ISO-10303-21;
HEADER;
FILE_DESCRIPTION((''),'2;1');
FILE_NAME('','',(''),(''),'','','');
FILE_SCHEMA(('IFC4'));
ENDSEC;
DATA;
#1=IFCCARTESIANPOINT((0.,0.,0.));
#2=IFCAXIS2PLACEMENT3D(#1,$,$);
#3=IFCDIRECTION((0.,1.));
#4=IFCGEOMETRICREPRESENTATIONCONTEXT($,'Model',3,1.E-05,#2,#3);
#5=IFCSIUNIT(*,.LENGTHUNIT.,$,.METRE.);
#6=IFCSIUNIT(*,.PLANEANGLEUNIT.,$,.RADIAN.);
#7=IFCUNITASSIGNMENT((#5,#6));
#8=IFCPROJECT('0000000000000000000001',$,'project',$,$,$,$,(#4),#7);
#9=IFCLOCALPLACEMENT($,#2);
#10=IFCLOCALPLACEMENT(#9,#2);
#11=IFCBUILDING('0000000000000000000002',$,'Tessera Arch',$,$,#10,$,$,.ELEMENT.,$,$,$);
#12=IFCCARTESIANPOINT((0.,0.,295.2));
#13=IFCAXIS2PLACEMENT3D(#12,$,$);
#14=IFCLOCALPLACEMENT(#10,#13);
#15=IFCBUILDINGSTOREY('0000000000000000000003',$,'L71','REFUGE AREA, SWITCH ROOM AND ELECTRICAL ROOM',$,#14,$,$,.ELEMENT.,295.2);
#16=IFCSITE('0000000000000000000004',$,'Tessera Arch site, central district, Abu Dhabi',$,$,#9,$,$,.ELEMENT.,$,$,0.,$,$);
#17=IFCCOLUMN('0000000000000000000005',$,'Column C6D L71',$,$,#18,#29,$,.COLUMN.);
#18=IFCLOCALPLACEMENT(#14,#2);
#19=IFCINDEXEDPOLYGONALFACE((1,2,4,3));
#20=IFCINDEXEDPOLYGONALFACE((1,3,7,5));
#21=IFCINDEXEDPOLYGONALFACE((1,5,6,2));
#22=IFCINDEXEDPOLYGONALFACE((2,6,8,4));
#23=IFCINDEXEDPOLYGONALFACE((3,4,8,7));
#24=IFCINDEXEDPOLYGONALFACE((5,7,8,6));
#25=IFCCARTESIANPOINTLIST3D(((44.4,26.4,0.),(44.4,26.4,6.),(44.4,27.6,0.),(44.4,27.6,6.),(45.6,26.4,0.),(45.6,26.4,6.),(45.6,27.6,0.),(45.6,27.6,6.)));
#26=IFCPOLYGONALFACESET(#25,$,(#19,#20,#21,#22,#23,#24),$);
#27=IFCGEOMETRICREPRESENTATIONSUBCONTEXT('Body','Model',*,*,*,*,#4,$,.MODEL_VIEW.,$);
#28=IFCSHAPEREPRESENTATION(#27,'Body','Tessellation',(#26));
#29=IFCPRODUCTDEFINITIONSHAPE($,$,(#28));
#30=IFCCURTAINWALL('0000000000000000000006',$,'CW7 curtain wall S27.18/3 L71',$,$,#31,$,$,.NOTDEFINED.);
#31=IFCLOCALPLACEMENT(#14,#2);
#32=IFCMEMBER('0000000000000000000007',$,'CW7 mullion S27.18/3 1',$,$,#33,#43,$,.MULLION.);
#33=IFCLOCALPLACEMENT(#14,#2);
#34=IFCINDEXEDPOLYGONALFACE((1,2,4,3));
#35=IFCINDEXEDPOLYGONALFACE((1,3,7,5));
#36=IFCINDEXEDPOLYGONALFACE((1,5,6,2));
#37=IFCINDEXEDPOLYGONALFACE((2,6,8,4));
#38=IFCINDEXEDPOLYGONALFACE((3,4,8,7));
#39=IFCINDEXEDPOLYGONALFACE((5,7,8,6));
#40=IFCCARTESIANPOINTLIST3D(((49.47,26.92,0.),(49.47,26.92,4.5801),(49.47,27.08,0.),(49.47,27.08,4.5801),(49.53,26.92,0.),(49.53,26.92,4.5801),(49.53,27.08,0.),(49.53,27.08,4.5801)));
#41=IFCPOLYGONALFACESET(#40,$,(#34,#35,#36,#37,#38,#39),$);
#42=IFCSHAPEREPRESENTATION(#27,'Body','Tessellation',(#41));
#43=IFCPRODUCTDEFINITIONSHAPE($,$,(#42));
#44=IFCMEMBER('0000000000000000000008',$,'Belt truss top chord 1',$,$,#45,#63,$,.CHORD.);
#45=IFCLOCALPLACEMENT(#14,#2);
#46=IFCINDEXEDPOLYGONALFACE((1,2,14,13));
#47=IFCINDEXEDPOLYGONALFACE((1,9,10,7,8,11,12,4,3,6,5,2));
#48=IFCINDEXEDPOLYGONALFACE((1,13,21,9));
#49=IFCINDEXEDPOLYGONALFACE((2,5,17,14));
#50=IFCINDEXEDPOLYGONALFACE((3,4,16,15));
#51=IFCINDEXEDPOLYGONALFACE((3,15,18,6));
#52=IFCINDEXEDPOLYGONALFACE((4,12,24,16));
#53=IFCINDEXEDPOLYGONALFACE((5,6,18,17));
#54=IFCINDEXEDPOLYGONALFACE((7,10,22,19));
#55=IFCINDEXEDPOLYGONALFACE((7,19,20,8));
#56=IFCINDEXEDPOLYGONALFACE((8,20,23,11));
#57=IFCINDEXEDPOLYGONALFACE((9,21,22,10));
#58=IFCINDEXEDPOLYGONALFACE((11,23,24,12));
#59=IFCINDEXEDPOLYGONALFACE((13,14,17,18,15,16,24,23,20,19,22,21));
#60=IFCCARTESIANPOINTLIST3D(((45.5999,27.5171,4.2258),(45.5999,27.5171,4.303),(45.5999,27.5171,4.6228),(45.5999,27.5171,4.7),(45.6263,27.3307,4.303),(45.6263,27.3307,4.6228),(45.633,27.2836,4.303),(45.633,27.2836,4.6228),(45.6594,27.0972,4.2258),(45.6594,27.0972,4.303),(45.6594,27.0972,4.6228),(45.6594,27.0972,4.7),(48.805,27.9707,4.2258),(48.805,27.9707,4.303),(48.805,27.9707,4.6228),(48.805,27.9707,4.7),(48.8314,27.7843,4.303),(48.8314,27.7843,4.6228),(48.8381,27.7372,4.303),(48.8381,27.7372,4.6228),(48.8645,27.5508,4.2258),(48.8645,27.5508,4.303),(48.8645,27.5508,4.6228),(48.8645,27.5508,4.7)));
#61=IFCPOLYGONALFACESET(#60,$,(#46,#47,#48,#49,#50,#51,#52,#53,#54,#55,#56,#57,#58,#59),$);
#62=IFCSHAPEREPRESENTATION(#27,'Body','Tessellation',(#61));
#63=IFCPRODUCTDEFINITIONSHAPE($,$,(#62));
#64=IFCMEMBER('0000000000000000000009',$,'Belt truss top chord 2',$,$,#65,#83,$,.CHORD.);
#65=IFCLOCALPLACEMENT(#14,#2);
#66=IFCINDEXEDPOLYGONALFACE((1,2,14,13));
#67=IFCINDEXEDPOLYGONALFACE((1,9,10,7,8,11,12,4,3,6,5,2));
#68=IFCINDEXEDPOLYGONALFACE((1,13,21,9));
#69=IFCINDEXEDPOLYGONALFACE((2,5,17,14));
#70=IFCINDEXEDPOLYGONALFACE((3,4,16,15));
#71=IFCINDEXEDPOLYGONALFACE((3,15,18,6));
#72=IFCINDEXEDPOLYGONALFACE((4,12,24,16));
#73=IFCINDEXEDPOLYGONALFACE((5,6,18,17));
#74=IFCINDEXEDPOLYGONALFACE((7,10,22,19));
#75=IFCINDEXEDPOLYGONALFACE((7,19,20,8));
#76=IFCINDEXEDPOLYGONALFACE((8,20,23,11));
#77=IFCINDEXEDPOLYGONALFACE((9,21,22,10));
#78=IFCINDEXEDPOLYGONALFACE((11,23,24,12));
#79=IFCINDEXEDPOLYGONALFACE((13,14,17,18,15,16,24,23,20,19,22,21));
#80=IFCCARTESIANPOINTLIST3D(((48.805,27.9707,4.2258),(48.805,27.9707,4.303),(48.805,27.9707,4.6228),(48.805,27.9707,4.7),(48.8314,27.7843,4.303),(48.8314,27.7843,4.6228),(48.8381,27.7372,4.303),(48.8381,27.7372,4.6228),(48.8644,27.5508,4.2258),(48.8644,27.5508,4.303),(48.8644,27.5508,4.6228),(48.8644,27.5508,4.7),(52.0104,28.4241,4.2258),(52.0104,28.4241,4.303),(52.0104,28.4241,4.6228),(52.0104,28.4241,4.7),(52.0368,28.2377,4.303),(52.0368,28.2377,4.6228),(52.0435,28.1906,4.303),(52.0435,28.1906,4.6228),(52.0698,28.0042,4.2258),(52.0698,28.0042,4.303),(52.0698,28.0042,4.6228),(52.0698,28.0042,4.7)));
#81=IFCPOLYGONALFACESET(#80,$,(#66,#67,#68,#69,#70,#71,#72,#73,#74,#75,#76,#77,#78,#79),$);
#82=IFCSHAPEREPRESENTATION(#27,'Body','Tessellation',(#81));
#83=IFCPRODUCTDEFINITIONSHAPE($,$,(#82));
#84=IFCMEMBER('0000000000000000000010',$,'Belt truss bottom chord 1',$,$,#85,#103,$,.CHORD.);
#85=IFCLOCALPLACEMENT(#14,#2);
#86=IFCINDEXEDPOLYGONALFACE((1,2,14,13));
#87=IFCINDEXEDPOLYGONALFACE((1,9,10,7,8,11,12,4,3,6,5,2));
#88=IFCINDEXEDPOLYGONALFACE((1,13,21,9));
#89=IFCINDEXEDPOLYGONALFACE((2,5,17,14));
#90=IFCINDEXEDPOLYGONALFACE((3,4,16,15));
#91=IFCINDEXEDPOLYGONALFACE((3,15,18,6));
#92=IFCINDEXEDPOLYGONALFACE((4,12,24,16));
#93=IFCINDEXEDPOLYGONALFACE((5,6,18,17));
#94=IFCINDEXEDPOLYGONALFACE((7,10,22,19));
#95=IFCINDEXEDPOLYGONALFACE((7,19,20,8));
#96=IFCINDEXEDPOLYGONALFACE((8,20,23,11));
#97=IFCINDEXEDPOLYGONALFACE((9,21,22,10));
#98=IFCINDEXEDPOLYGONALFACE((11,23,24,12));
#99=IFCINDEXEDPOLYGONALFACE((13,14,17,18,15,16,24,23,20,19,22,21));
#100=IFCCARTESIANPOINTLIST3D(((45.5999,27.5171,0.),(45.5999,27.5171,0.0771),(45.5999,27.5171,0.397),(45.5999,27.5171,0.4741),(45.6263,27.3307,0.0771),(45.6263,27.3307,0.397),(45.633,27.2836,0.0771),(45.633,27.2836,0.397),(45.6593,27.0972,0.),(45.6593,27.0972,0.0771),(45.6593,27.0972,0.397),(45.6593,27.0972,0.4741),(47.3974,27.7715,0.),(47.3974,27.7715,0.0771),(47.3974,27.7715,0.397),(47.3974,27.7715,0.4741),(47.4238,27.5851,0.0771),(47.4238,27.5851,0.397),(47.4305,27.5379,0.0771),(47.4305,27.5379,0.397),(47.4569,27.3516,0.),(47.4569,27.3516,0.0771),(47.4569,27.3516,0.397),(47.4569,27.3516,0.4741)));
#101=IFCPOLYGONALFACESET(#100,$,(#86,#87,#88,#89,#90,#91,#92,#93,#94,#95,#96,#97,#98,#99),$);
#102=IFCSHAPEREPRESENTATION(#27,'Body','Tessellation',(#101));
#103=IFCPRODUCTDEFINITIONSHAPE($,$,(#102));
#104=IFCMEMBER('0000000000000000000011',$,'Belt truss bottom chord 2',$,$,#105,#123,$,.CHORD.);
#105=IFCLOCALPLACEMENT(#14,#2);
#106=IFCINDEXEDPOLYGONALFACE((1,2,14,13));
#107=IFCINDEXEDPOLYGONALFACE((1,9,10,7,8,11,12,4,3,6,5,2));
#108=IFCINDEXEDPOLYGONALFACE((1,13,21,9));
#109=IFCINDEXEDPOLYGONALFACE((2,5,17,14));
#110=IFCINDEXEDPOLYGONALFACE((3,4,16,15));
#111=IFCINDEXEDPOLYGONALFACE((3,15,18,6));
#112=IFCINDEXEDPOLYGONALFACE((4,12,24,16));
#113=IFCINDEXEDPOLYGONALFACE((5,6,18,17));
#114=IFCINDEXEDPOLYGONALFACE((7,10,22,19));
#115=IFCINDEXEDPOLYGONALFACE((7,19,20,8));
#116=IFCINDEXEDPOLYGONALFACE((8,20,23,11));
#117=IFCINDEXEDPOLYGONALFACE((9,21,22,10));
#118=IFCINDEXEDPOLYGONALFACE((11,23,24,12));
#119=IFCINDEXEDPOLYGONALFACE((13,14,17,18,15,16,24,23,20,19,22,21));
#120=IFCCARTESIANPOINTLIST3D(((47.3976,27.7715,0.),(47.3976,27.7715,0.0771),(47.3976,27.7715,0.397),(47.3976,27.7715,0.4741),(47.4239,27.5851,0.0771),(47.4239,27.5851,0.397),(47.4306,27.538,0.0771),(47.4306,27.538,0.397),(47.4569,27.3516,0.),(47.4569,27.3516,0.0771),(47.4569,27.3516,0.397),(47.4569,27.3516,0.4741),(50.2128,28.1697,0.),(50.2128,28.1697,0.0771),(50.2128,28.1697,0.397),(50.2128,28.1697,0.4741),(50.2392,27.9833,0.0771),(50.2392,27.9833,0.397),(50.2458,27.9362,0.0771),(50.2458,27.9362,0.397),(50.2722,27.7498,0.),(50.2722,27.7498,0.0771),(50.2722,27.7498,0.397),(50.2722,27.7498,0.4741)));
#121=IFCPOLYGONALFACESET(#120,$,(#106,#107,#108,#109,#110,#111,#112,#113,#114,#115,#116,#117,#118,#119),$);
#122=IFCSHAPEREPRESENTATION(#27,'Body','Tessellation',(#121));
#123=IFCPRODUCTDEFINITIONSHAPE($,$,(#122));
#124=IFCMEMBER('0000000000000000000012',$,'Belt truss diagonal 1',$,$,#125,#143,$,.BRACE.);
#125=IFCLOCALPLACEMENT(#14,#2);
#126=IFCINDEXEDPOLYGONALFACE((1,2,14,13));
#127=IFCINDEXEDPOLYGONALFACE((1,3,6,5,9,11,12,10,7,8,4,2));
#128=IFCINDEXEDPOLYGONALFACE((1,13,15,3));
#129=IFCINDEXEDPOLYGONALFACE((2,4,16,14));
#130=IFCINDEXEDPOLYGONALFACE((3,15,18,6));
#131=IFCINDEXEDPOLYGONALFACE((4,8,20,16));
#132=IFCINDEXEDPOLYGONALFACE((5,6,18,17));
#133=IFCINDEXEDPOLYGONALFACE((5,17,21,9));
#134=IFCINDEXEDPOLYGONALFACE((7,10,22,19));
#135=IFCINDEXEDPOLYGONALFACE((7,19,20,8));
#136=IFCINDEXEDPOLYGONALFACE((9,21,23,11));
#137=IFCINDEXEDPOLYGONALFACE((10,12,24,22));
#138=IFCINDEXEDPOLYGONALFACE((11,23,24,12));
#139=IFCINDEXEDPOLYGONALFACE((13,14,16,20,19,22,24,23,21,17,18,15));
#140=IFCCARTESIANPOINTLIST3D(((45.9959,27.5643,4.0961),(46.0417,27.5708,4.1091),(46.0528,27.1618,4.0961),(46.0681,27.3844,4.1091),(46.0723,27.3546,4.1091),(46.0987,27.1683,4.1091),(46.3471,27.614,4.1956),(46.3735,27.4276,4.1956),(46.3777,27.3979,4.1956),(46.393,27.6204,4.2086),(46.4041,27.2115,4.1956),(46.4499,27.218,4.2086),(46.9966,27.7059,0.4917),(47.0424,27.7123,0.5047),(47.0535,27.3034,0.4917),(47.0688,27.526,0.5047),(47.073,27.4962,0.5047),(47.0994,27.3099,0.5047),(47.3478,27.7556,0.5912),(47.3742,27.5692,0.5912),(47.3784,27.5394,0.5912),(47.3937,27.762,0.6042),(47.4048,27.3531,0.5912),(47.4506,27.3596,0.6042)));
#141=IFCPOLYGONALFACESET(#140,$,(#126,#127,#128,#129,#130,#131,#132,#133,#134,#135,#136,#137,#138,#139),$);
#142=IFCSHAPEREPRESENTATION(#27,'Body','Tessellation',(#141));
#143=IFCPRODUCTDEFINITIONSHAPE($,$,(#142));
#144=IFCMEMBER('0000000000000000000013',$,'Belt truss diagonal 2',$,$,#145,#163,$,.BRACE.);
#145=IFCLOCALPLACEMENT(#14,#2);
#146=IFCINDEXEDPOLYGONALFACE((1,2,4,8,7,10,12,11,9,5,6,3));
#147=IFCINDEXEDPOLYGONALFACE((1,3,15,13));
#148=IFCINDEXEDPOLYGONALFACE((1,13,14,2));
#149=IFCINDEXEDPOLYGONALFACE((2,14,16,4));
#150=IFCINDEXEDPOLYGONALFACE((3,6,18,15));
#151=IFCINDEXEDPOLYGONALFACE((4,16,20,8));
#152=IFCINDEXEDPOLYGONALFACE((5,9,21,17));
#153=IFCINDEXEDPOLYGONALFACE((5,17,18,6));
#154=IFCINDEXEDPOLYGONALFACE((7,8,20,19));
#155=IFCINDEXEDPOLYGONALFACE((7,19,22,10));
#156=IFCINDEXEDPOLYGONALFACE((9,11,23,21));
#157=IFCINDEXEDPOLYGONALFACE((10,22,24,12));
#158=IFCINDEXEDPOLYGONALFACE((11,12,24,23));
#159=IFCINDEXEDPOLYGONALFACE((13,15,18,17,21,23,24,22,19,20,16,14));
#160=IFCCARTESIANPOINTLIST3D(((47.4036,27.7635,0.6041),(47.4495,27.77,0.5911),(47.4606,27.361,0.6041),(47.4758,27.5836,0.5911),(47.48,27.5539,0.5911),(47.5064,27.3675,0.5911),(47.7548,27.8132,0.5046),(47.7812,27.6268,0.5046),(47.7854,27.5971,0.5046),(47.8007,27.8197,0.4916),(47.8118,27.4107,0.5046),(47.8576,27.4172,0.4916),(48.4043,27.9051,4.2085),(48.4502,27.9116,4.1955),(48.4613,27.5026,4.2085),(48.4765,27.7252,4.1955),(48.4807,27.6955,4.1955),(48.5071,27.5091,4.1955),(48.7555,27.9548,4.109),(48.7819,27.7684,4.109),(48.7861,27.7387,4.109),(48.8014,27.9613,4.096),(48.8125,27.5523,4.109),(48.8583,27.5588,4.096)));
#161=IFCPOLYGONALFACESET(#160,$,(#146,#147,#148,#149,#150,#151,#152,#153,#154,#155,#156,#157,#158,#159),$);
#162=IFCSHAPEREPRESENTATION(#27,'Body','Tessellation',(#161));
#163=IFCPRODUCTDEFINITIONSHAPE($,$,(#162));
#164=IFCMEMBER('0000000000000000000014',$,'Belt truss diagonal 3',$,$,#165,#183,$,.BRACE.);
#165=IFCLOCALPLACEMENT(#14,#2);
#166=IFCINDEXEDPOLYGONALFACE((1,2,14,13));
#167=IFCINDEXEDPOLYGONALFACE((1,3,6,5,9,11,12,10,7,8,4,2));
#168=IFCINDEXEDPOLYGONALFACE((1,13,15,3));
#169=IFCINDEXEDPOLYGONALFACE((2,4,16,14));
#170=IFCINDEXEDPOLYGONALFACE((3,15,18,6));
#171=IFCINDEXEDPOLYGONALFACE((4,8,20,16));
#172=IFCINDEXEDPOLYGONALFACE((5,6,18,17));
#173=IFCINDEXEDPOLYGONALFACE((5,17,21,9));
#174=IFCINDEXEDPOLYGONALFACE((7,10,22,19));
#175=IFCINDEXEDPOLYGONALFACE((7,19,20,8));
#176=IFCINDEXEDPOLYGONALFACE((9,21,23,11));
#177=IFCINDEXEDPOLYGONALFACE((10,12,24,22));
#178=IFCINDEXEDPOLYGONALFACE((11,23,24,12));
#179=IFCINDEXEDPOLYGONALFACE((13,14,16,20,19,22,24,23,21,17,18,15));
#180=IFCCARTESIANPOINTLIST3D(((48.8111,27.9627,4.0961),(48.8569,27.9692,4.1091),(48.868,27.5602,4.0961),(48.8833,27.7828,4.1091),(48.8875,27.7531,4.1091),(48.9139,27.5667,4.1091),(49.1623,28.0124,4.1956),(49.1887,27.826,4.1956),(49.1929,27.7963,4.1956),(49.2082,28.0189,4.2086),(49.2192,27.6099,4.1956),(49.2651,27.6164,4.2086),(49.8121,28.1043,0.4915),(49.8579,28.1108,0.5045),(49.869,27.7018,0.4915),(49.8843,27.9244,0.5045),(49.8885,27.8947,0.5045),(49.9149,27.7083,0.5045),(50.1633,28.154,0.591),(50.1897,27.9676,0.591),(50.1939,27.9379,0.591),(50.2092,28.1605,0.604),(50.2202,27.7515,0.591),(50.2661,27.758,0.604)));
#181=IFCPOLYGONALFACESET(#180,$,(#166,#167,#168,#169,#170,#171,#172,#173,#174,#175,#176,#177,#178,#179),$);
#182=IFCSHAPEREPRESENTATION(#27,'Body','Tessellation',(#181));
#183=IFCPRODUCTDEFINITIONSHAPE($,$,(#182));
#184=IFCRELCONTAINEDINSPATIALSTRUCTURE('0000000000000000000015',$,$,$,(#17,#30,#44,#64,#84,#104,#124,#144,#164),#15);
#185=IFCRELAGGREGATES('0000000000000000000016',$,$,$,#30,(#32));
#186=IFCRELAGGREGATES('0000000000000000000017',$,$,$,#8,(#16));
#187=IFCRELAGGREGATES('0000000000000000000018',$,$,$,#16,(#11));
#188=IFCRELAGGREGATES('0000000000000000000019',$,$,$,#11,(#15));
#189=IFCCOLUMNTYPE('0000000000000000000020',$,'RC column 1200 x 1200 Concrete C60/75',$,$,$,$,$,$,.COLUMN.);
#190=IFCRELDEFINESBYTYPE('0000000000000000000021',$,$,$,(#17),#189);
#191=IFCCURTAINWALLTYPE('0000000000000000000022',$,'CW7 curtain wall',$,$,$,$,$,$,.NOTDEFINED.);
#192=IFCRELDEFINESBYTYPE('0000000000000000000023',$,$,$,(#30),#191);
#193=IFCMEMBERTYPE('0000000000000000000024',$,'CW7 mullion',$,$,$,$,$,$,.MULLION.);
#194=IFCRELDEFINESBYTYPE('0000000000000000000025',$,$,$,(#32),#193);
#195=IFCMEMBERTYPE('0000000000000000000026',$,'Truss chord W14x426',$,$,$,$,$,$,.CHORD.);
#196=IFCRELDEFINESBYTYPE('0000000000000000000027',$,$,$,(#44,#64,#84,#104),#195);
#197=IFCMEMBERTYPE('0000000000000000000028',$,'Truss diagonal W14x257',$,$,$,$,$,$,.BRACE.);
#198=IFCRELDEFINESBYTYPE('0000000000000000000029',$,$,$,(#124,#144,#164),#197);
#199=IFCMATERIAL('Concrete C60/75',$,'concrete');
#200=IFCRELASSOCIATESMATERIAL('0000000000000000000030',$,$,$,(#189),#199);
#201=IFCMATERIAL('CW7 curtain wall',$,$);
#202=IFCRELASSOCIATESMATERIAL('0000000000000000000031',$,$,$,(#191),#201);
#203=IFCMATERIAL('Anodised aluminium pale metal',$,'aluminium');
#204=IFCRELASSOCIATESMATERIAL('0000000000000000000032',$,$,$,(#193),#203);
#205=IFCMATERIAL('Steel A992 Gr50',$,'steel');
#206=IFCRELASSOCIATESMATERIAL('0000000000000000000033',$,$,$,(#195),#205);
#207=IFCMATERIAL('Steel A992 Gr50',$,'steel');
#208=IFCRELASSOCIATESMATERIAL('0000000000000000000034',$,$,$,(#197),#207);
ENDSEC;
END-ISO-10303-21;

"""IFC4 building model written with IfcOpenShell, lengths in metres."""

from ifc_helpers import new_model, si_unit, direction, frame, origin, origin_2d, place, context, subcontext, project, spatial, rectangle, i_section, extrude, material, material_profile, profile_set, type_object, element, aggregate, save


model = new_model("IFC4")

# Units and contexts
model_context = context("Model", 3, precision=1e-05, world=origin(), true_north=direction((0.0, 1.0)))
body_context = subcontext(model_context, "Body", "Model", "MODEL_VIEW")
ifc_project = project(units=[si_unit("LENGTHUNIT", "METRE"), si_unit("PLANEANGLEUNIT", "RADIAN")], contexts=[model_context])

# Site, building, storey
site_placement = place(None, origin())
site = spatial("IfcSite", under=ifc_project, at=site_placement, Name="Tessera Arch site, central district, Abu Dhabi", CompositionType="ELEMENT", RefElevation=0.0)
building_placement = place(site_placement, origin())
building = spatial("IfcBuilding", under=site, at=building_placement, Name="Tessera Arch", CompositionType="ELEMENT")
storey_placement = place(building_placement, frame((0.0, 0.0, 295.2)))
storey = spatial("IfcBuildingStorey", under=building, at=storey_placement, Name="L71", Description="REFUGE AREA, SWITCH ROOM AND ELECTRICAL ROOM", CompositionType="ELEMENT", Elevation=295.2)

# Column
ifc_material_1 = material(Name="Concrete C60/75", Category="concrete")
ifc_material_profile_1 = material_profile(ifc_material_1, rectangle(XDim=1.2, YDim=1.2, at=origin_2d()), Name="RC column 1200 x 1200 Concrete C60/75")
ifc_profile_set_1 = profile_set([ifc_material_profile_1], Name="Concrete C60/75")
column_type = type_object("IfcColumnType", Name="RC column 1200 x 1200 Concrete C60/75", PredefinedType="COLUMN", material=ifc_profile_set_1)
column_placement = place(storey_placement, frame((45.0, 27.0, 0.0), z_axis=(0.0, 0.0, 1.0), x_axis=(1.0, 0.0, 0.0)))
element("IfcColumn", 1, at=column_placement, inside=storey, type_object=column_type, Name="Column C6D L71", PredefinedType="COLUMN", context=body_context, shape_type="SweptSolid", body=[
    extrude(rectangle(XDim=1.2, YDim=1.2, at=origin_2d()), origin(), (0.0, 0.0, 1.0), 6.0),
])

# Curtain wall, member
ifc_material_2 = material(Name="CW7 curtain wall")
curtain_wall_type = type_object("IfcCurtainWallType", Name="CW7 curtain wall", PredefinedType="NOTDEFINED", material=ifc_material_2)
curtain_wall_placement = place(storey_placement, origin())
curtain_wall = element("IfcCurtainWall", 2, at=curtain_wall_placement, inside=storey, type_object=curtain_wall_type, Name="CW7 curtain wall S27.18/3 L71", PredefinedType="NOTDEFINED")
ifc_material_3 = material(Name="Anodised aluminium pale metal", Category="aluminium")
ifc_material_profile_2 = material_profile(ifc_material_3, rectangle(XDim=0.1599, YDim=0.0601, at=origin_2d()), Name="AL 60x160")
ifc_profile_set_2 = profile_set([ifc_material_profile_2], Name="Anodised aluminium pale metal")
member_type_1 = type_object("IfcMemberType", Name="CW7 mullion", PredefinedType="MULLION", material=ifc_profile_set_2)
member_1_placement = place(storey_placement, frame((49.5, 27.0, 0.0), z_axis=(0.0, 0.0, 1.0), x_axis=(0.0, 1.0, 0.0)))
member_1 = element("IfcMember", 3, at=member_1_placement, type_object=member_type_1, Name="CW7 mullion S27.18/3 1", PredefinedType="MULLION", context=body_context, shape_type="SweptSolid", body=[
    extrude(rectangle(XDim=0.1599, YDim=0.0601, at=origin_2d()), origin(), (0.0, 0.0, 1.0), 4.5801),
])

# Members
ifc_material_4 = material(Name="Steel A992 Gr50", Category="steel")
ifc_material_profile_3 = material_profile(ifc_material_4, i_section(OverallWidth=0.4241, OverallDepth=0.4741, WebThickness=0.0476, FlangeThickness=0.0771, at=origin_2d()), Name="W14x426")
ifc_profile_set_3 = profile_set([ifc_material_profile_3], Name="Steel A992 Gr50")
member_type_2 = type_object("IfcMemberType", Name="Truss chord W14x426", PredefinedType="CHORD", material=ifc_profile_set_3)
member_2_placement = place(storey_placement, frame((45.6296, 27.3071, 4.4629), z_axis=(0.990133, 0.140133, 0.0), x_axis=(-0.140133, 0.990133, 0.0)))
element("IfcMember", 4, at=member_2_placement, inside=storey, type_object=member_type_2, Name="Belt truss top chord 1", PredefinedType="CHORD", context=body_context, shape_type="SweptSolid", body=[
    extrude(i_section(OverallWidth=0.4241, OverallDepth=0.4741, WebThickness=0.0476, FlangeThickness=0.0771, at=origin_2d()), origin(), (0.0, 0.0, 1.0), 3.2371),
])
member_3_placement = place(storey_placement, frame((48.8347, 27.7607, 4.4629), z_axis=(0.990145, 0.140049, 0.0), x_axis=(-0.140049, 0.990145, 0.0)))
element("IfcMember", 5, at=member_3_placement, inside=storey, type_object=member_type_2, Name="Belt truss top chord 2", PredefinedType="CHORD", context=body_context, shape_type="SweptSolid", body=[
    extrude(i_section(OverallWidth=0.4241, OverallDepth=0.4741, WebThickness=0.0476, FlangeThickness=0.0771, at=origin_2d()), origin(), (0.0, 0.0, 1.0), 3.2373),
])
member_4_placement = place(storey_placement, frame((45.6296, 27.3071, 0.2371), z_axis=(0.990134, 0.140122, 0.0), x_axis=(-0.140122, 0.990134, 0.0)))
element("IfcMember", 6, at=member_4_placement, inside=storey, type_object=member_type_2, Name="Belt truss bottom chord 1", PredefinedType="CHORD", context=body_context, shape_type="SweptSolid", body=[
    extrude(i_section(OverallWidth=0.4241, OverallDepth=0.4741, WebThickness=0.0476, FlangeThickness=0.0771, at=origin_2d()), origin(), (0.0, 0.0, 1.0), 1.8154),
])
member_5_placement = place(storey_placement, frame((47.4272, 27.5615, 0.2371), z_axis=(0.990144, 0.140051, 0.0), x_axis=(-0.140051, 0.990144, 0.0)))
element("IfcMember", 7, at=member_5_placement, inside=storey, type_object=member_type_2, Name="Belt truss bottom chord 2", PredefinedType="CHORD", context=body_context, shape_type="SweptSolid", body=[
    extrude(i_section(OverallWidth=0.4241, OverallDepth=0.4741, WebThickness=0.0476, FlangeThickness=0.0771, at=origin_2d()), origin(), (0.0, 0.0, 1.0), 2.8433),
])
ifc_material_5 = material(Name="Steel A992 Gr50", Category="steel")
ifc_material_profile_4 = material_profile(ifc_material_5, i_section(OverallWidth=0.4065, OverallDepth=0.4165, WebThickness=0.03, FlangeThickness=0.0481, at=origin_2d()), Name="W14x257")
ifc_profile_set_4 = profile_set([ifc_material_profile_4], Name="Steel A992 Gr50")
member_type_3 = type_object("IfcMemberType", Name="Truss diagonal W14x257", PredefinedType="BRACE", material=ifc_profile_set_4)
for number, where, z_axis, x_axis, name in (
    (8, (46.2229, 27.3911, 4.1523), (0.267325, 0.037826, -0.962864), (-0.140102, 0.990137, 0.0), "Belt truss diagonal 1"),
    (9, (47.6306, 27.5903, 0.5479), (0.267325, 0.037826, 0.962864), (-0.140102, 0.990137, 0.0), "Belt truss diagonal 2"),
):
    element("IfcMember", number, at=place(storey_placement, frame(where, z_axis=z_axis, x_axis=x_axis)), inside=storey, type_object=member_type_3, Name=name, PredefinedType="BRACE", context=body_context, shape_type="SweptSolid", body=[
        extrude(i_section(OverallWidth=0.4065, OverallDepth=0.4165, WebThickness=0.03, FlangeThickness=0.0481, at=origin_2d()), origin(), (0.0, 0.0, 1.0), 3.7434),
    ])
member_6_placement = place(storey_placement, frame((49.0381, 27.7896, 4.1523), z_axis=(0.267385, 0.037825, -0.962847), x_axis=(-0.140069, 0.990142, 0.0)))
element("IfcMember", 10, at=member_6_placement, inside=storey, type_object=member_type_3, Name="Belt truss diagonal 3", PredefinedType="BRACE", context=body_context, shape_type="SweptSolid", body=[
    extrude(i_section(OverallWidth=0.4065, OverallDepth=0.4165, WebThickness=0.03, FlangeThickness=0.0481, at=origin_2d()), origin(), (0.0, 0.0, 1.0), 3.7437),
])

aggregate(curtain_wall, [member_1])

save(model, "model.ifc")
